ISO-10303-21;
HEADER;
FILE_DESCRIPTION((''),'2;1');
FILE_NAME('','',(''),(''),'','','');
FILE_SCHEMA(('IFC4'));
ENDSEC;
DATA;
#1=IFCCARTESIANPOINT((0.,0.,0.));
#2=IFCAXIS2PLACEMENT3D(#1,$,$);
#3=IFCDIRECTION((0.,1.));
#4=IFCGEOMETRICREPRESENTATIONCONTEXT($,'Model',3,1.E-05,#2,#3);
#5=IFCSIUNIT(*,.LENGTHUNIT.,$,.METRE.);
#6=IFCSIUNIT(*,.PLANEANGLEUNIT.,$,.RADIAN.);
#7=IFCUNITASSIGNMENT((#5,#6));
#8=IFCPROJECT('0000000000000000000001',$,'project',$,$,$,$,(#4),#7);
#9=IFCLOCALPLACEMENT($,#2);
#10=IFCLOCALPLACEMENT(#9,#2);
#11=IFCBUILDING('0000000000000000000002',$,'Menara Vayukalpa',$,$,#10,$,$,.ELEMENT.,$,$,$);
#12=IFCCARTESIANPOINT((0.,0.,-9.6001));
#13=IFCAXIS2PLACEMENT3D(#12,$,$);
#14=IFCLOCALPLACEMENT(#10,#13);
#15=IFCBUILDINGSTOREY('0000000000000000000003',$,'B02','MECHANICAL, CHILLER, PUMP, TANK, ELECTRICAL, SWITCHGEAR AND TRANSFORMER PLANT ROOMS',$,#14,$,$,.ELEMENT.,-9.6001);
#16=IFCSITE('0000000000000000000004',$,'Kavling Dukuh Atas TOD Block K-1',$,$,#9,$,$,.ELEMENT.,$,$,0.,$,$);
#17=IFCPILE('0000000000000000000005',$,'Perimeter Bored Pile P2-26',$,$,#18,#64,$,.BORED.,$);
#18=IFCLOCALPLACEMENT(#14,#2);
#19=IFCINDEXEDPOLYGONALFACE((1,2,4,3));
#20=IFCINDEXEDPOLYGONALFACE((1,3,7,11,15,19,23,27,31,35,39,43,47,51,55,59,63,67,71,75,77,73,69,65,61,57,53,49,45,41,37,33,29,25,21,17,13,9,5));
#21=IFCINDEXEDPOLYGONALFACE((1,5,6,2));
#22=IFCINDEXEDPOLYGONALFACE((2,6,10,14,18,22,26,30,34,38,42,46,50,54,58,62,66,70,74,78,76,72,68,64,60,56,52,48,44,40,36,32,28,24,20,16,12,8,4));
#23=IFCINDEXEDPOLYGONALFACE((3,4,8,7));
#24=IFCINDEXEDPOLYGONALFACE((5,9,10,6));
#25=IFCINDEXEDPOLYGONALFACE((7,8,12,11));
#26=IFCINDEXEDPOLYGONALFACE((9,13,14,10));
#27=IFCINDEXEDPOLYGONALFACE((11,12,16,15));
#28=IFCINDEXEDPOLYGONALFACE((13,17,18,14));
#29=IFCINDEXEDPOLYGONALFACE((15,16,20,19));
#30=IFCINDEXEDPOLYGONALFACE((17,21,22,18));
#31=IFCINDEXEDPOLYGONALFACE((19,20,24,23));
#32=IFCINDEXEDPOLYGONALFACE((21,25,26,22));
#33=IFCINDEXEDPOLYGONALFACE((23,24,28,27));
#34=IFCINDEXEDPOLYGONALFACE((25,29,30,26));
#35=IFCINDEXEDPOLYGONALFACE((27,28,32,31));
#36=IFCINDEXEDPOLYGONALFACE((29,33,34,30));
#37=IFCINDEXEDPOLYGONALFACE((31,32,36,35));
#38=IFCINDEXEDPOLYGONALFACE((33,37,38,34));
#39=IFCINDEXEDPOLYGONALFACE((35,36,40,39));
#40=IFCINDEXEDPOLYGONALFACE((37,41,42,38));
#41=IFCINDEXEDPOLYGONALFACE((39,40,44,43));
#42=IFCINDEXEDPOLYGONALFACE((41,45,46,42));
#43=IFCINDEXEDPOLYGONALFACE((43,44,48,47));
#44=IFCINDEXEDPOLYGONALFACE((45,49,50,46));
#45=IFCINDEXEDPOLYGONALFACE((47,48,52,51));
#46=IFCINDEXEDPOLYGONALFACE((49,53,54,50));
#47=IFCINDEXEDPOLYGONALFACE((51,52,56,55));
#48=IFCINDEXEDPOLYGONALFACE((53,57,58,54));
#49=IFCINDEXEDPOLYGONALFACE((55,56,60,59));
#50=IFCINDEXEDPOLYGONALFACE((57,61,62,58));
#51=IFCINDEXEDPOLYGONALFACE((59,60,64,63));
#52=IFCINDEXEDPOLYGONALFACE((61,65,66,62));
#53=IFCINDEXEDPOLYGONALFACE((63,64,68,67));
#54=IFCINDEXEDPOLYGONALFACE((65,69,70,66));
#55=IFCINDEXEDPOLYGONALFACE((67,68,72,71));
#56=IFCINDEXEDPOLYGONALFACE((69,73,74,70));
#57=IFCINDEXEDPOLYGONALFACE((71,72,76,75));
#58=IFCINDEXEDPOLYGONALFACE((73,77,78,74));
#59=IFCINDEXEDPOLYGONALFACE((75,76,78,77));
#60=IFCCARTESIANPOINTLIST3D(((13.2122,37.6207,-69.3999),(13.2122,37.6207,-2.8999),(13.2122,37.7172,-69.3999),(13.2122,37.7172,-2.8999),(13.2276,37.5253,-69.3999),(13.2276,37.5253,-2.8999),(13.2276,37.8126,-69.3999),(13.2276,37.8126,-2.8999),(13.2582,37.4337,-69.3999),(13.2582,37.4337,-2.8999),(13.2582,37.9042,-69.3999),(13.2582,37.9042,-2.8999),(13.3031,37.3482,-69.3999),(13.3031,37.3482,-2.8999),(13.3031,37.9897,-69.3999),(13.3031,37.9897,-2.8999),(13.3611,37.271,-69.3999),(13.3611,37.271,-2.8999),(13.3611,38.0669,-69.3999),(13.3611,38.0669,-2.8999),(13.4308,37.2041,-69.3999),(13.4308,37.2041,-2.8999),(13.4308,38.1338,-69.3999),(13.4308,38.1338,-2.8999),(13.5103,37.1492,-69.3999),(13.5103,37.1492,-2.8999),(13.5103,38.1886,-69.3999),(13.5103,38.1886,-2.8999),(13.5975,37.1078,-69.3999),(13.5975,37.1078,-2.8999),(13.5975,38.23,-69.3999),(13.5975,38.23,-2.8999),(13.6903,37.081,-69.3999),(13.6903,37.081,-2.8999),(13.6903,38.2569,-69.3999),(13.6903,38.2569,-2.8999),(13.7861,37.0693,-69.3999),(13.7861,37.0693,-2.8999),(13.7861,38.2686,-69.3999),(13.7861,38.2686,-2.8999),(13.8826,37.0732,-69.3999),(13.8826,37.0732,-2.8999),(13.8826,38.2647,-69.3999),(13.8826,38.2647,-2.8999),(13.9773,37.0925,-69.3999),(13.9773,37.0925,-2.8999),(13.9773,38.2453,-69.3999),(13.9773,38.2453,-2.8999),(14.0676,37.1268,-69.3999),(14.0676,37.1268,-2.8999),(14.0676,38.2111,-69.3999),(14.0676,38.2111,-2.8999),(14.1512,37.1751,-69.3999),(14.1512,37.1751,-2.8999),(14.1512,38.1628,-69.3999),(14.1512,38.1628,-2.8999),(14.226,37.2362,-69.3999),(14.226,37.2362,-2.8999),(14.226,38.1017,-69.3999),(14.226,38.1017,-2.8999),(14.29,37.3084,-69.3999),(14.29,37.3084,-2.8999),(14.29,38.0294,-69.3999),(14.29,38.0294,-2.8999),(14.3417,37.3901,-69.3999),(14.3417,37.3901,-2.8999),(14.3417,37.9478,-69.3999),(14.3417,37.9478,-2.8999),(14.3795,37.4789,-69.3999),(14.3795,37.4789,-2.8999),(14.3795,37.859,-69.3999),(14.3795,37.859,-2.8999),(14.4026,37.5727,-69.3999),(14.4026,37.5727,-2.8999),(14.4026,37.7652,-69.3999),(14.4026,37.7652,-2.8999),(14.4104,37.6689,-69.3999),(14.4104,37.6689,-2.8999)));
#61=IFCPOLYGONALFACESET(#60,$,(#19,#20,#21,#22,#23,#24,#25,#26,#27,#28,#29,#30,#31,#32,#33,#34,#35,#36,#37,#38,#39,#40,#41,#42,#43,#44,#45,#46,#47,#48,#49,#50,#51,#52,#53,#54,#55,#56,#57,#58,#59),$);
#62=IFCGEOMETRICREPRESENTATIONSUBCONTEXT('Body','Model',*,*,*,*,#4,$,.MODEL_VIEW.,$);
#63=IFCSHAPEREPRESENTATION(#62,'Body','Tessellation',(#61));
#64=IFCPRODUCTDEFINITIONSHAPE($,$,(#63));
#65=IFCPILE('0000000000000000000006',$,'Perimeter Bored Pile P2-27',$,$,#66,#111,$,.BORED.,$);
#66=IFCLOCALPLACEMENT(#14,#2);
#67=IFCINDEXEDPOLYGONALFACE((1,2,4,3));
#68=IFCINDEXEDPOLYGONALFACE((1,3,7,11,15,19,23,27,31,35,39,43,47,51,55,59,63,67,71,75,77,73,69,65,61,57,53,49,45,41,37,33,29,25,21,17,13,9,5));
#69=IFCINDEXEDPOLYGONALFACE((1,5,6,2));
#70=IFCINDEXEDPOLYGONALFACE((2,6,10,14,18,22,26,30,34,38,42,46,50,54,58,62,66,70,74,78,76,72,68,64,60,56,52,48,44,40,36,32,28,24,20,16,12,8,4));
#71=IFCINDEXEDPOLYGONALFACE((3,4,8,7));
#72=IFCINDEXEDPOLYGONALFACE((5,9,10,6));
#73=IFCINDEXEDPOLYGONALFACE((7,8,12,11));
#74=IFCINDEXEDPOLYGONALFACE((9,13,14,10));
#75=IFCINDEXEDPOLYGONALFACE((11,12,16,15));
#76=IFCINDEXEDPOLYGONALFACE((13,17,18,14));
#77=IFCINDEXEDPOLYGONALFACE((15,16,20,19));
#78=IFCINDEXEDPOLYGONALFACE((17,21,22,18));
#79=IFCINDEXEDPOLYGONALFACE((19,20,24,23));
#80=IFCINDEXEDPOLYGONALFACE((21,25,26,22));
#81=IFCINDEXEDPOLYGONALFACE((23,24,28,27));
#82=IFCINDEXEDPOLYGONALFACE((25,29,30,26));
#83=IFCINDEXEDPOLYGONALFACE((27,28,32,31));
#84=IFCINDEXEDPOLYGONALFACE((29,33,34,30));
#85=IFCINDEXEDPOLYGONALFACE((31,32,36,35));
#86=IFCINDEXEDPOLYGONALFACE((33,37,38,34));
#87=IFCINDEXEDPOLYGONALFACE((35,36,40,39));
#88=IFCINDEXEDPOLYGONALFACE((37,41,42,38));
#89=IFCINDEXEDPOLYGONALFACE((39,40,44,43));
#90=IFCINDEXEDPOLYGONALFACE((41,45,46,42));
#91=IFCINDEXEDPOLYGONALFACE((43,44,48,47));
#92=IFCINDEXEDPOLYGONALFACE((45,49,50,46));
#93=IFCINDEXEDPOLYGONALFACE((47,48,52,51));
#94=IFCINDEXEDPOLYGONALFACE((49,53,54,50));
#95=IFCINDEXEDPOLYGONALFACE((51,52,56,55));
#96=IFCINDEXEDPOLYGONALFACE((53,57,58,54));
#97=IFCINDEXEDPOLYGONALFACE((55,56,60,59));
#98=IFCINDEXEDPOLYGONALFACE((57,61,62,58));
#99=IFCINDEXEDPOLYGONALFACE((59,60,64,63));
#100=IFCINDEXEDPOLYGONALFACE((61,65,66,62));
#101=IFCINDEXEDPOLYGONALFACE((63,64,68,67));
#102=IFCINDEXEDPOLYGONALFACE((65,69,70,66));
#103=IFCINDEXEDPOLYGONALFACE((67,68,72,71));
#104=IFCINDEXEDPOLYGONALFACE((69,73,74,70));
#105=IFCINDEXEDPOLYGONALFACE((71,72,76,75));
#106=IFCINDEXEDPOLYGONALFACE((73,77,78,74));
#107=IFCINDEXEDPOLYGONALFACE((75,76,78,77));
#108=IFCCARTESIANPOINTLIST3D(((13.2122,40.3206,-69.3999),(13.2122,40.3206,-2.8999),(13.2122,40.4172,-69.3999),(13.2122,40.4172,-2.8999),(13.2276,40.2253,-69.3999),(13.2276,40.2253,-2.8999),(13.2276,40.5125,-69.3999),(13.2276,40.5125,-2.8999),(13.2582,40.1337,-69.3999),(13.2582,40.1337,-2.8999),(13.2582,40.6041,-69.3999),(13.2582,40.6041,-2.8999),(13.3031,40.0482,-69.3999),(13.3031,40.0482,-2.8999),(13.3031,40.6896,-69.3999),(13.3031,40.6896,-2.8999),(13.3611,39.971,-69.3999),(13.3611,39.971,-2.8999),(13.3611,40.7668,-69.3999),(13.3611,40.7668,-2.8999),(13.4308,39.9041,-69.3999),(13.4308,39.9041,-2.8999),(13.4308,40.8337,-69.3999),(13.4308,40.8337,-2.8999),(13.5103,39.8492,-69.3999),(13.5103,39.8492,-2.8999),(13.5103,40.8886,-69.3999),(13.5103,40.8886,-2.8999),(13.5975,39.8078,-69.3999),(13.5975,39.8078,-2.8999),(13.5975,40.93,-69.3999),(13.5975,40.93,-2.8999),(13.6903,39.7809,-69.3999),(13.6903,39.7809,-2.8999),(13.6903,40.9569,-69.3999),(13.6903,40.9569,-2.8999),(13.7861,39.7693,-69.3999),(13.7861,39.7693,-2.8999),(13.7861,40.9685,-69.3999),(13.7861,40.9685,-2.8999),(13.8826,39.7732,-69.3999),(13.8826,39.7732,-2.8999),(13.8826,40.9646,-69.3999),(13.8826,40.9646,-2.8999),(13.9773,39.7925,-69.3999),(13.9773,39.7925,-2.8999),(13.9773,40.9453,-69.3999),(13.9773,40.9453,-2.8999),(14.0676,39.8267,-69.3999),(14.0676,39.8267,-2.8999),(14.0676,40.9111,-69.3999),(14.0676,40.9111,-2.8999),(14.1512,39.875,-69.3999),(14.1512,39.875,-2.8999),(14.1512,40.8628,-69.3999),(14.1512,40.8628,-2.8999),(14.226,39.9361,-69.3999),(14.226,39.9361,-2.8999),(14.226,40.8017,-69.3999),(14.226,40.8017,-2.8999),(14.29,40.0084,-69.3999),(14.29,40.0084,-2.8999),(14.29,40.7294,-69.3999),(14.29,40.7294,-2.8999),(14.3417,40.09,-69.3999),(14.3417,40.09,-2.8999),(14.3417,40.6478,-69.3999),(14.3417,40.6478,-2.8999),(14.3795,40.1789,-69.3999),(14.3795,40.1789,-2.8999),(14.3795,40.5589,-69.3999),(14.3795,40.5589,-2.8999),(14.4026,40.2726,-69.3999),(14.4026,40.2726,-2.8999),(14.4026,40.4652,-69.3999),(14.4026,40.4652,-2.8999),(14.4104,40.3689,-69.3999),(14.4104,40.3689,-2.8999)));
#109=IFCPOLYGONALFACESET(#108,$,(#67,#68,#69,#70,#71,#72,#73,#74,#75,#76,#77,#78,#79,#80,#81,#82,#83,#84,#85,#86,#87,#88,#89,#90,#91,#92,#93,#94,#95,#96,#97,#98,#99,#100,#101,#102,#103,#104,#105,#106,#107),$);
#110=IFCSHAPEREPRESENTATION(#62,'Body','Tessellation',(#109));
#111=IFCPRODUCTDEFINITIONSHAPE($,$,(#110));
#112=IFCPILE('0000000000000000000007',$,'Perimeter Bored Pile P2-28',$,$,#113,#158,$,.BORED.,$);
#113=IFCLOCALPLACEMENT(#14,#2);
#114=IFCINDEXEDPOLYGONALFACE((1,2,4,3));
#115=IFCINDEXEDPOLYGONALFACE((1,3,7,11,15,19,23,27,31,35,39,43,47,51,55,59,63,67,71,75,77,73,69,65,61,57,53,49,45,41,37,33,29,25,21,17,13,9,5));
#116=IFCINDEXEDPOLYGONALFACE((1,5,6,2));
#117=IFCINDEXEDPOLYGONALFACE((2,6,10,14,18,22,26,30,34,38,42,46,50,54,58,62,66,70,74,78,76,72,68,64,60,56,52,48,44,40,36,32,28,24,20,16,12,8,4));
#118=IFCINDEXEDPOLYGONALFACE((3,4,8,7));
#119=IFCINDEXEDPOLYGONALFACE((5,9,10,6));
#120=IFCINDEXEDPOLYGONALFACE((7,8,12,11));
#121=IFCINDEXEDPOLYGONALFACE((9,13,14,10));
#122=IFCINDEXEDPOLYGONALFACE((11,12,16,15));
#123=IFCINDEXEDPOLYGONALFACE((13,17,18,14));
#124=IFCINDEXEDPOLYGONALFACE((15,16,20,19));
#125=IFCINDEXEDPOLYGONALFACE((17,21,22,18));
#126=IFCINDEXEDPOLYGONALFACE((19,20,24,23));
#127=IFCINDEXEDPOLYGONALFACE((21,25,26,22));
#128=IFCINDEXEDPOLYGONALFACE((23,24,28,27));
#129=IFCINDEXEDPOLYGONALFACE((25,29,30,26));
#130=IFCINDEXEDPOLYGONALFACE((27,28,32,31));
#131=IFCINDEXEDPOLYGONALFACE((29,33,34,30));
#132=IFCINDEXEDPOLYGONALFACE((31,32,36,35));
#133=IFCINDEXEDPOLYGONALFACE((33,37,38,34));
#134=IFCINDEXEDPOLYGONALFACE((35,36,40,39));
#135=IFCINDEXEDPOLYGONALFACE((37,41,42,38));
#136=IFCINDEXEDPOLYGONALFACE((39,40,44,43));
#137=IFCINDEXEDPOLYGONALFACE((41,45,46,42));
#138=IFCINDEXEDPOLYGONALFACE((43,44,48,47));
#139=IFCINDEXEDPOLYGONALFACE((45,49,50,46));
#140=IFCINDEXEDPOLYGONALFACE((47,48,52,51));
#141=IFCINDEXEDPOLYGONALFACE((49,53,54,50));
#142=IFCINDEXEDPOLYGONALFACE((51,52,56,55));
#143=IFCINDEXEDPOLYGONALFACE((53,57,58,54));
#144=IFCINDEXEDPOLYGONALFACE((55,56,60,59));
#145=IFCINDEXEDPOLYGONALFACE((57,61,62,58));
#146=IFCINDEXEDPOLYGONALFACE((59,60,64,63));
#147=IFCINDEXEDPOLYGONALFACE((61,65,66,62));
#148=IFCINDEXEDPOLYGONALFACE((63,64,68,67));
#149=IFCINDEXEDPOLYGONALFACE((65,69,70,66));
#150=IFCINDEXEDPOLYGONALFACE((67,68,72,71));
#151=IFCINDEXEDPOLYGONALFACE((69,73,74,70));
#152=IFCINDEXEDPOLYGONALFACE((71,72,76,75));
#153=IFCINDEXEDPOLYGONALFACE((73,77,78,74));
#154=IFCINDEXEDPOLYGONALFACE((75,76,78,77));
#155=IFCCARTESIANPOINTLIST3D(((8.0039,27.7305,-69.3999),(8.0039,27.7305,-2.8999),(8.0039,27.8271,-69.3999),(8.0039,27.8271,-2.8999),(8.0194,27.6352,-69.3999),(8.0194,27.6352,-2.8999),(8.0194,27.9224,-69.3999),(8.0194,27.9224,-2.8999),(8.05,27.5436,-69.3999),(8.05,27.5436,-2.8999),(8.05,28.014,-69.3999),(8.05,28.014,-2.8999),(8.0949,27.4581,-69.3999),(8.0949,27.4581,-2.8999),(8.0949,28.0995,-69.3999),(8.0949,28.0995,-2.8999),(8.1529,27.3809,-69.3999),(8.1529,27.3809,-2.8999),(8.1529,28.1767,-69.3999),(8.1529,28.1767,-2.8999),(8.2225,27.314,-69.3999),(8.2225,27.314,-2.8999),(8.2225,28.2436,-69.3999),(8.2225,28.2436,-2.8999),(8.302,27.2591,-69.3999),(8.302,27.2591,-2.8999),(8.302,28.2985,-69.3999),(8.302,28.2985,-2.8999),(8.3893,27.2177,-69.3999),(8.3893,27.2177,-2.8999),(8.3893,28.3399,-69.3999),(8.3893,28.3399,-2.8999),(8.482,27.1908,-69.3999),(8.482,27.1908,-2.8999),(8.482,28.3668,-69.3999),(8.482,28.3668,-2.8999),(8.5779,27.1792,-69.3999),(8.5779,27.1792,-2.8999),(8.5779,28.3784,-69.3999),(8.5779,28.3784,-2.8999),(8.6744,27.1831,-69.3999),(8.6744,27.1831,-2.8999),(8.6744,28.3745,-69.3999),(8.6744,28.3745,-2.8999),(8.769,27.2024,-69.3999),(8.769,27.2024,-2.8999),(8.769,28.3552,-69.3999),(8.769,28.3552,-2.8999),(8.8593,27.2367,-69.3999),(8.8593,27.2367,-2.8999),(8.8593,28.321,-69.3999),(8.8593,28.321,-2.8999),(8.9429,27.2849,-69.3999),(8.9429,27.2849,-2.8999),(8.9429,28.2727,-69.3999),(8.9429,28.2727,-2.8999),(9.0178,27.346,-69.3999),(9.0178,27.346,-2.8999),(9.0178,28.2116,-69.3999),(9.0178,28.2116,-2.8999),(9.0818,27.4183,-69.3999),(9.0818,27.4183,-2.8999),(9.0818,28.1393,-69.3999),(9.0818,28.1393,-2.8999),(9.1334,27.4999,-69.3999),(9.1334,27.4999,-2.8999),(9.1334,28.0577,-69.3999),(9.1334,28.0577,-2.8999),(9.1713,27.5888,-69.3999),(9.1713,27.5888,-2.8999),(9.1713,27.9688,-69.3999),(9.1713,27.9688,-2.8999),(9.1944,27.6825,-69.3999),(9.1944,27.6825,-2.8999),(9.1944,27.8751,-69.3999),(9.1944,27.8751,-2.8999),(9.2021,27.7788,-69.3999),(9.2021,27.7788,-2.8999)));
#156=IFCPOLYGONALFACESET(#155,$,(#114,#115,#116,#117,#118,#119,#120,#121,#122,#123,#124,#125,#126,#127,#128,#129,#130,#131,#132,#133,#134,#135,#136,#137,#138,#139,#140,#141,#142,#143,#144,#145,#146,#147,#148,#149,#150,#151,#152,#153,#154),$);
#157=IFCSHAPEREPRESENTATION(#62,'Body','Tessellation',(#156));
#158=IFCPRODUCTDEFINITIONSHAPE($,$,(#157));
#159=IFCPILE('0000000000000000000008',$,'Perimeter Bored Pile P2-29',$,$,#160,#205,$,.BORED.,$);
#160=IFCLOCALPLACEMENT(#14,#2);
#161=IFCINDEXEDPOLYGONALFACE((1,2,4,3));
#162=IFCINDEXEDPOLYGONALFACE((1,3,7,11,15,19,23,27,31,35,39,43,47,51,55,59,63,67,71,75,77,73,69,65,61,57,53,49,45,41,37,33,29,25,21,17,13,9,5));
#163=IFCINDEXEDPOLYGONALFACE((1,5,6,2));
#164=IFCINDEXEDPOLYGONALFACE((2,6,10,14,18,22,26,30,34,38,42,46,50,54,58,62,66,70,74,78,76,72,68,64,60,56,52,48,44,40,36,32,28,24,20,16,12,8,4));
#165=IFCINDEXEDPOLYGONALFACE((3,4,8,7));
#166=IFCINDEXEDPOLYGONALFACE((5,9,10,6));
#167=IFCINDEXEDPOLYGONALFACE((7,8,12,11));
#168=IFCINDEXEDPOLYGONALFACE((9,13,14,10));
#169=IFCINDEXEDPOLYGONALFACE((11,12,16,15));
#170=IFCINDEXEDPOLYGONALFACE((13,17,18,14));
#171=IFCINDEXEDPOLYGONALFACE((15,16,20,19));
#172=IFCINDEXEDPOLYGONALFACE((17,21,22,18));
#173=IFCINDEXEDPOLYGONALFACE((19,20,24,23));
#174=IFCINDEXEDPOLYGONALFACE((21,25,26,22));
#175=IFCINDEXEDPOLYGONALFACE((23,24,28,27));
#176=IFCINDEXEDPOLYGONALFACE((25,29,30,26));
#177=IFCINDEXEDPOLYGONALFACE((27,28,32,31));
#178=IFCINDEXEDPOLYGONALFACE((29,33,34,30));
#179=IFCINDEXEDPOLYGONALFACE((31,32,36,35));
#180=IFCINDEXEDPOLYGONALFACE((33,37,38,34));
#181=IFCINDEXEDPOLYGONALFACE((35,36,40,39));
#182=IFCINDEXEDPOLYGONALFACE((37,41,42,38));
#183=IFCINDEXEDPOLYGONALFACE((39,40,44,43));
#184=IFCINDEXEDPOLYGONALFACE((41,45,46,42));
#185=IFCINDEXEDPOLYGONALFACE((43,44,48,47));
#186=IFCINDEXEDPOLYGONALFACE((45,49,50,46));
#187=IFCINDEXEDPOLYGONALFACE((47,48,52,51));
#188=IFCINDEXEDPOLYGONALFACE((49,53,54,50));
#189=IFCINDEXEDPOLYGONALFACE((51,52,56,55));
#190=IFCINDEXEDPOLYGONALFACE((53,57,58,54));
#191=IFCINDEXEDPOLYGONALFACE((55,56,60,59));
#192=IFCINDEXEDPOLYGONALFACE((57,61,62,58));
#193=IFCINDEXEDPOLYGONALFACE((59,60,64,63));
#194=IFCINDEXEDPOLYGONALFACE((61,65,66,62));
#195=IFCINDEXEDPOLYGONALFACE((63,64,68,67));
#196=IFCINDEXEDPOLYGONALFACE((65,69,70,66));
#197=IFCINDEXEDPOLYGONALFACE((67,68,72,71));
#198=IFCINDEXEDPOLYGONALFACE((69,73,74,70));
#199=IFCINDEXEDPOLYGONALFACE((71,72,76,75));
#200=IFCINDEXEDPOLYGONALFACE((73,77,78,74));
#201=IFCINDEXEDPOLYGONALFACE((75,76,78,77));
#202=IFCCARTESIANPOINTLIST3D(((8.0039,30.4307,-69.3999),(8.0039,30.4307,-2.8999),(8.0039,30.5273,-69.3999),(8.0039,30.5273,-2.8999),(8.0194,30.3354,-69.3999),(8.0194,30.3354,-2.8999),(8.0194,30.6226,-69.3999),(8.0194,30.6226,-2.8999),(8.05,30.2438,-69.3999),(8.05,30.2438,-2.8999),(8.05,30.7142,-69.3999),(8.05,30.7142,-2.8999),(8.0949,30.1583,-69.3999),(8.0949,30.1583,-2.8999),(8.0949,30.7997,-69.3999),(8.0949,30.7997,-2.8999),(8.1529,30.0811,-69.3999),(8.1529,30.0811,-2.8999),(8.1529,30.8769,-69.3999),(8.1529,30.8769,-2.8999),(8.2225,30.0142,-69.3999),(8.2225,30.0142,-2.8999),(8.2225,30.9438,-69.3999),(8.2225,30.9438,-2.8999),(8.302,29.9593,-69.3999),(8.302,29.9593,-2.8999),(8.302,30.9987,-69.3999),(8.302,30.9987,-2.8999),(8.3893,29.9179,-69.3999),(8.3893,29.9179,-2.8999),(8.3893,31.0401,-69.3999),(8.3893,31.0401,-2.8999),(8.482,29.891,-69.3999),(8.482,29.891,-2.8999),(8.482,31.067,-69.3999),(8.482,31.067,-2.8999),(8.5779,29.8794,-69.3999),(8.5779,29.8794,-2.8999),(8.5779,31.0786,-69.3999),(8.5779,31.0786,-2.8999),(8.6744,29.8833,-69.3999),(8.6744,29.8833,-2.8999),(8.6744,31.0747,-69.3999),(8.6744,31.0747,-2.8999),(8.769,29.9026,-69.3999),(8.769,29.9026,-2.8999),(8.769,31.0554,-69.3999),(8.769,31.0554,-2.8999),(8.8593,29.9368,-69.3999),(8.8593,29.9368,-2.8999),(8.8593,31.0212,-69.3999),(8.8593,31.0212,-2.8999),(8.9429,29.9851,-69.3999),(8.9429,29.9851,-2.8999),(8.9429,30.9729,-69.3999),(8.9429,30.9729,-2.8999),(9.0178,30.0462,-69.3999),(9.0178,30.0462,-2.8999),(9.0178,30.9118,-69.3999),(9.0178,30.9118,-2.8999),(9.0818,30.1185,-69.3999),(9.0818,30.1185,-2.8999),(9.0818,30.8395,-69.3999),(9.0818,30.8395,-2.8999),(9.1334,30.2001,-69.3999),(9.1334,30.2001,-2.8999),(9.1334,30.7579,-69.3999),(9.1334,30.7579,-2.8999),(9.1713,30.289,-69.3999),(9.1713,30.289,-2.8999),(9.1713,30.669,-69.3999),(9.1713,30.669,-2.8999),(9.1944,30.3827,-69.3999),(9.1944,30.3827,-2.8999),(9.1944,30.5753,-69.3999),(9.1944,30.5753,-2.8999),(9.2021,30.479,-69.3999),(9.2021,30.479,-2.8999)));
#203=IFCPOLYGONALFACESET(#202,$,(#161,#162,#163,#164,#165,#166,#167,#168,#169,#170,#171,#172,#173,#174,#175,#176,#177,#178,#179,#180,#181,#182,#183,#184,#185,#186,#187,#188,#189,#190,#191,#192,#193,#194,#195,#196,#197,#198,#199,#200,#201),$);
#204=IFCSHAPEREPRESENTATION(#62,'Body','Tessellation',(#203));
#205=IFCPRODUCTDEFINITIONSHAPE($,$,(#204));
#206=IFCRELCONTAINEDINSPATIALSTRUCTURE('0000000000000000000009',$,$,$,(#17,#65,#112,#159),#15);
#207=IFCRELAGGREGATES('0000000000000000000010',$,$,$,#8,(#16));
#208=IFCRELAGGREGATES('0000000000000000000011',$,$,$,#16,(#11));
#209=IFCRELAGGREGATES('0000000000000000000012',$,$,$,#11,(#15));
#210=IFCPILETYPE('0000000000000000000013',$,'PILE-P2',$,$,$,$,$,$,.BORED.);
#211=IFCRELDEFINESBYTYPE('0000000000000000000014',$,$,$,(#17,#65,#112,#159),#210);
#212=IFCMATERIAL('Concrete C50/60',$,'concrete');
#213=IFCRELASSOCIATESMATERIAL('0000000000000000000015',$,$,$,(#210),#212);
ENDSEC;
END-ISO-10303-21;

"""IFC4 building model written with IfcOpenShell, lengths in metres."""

from ifc_helpers import new_model, si_unit, direction, frame, origin, origin_2d, place, context, subcontext, project, spatial, circle, extrude, material, material_profile, profile_set, type_object, element, save


model = new_model("IFC4")

# Units and contexts
model_context = context("Model", 3, precision=1e-05, world=origin(), true_north=direction((0.0, 1.0)))
body_context = subcontext(model_context, "Body", "Model", "MODEL_VIEW")
ifc_project = project(units=[si_unit("LENGTHUNIT", "METRE"), si_unit("PLANEANGLEUNIT", "RADIAN")], contexts=[model_context])

# Site, building, storey
site_placement = place(None, origin())
site = spatial("IfcSite", under=ifc_project, at=site_placement, Name="Kavling Dukuh Atas TOD Block K-1", CompositionType="ELEMENT", RefElevation=0.0)
building_placement = place(site_placement, origin())
building = spatial("IfcBuilding", under=site, at=building_placement, Name="Menara Vayukalpa", CompositionType="ELEMENT")
storey_placement = place(building_placement, frame((0.0, 0.0, -9.6001)))
storey = spatial("IfcBuildingStorey", under=building, at=storey_placement, Name="B02", Description="MECHANICAL, CHILLER, PUMP, TANK, ELECTRICAL, SWITCHGEAR AND TRANSFORMER PLANT ROOMS", CompositionType="ELEMENT", Elevation=-9.6001)

# Piles
ifc_material_1 = material(Name="Concrete C50/60", Category="concrete")
ifc_material_profile_1 = material_profile(ifc_material_1, circle(Radius=0.6001, at=origin_2d()), Name="PILE D1200")
ifc_profile_set_1 = profile_set([ifc_material_profile_1], Name="Concrete C50/60")
pile_type = type_object("IfcPileType", Name="PILE-P2", PredefinedType="BORED", material=ifc_profile_set_1)
for number, where, z_axis, x_axis, name in (
    (1, (13.8103, 37.6689, -2.8999), (0.0, 0.0, -1.0), (1.0, 0.0, 0.0), "Perimeter Bored Pile P2-26"),
    (2, (13.8103, 40.3689, -2.8999), (0.0, 0.0, -1.0), (1.0, 0.0, 0.0), "Perimeter Bored Pile P2-27"),
    (3, (8.6021, 27.7788, -2.8999), (0.0, 0.0, -1.0), (1.0, 0.0, 0.0), "Perimeter Bored Pile P2-28"),
    (4, (8.6021, 30.479, -2.8999), (0.0, 0.0, -1.0), (1.0, 0.0, 0.0), "Perimeter Bored Pile P2-29"),
):
    element("IfcPile", number, at=place(storey_placement, frame(where, z_axis=z_axis, x_axis=x_axis)), inside=storey, type_object=pile_type, Name=name, PredefinedType="BORED", context=body_context, shape_type="SweptSolid", body=[
        extrude(circle(Radius=0.6001, at=origin_2d()), origin(), (0.0, 0.0, 1.0), 66.5),
    ])

save(model, "model.ifc")
